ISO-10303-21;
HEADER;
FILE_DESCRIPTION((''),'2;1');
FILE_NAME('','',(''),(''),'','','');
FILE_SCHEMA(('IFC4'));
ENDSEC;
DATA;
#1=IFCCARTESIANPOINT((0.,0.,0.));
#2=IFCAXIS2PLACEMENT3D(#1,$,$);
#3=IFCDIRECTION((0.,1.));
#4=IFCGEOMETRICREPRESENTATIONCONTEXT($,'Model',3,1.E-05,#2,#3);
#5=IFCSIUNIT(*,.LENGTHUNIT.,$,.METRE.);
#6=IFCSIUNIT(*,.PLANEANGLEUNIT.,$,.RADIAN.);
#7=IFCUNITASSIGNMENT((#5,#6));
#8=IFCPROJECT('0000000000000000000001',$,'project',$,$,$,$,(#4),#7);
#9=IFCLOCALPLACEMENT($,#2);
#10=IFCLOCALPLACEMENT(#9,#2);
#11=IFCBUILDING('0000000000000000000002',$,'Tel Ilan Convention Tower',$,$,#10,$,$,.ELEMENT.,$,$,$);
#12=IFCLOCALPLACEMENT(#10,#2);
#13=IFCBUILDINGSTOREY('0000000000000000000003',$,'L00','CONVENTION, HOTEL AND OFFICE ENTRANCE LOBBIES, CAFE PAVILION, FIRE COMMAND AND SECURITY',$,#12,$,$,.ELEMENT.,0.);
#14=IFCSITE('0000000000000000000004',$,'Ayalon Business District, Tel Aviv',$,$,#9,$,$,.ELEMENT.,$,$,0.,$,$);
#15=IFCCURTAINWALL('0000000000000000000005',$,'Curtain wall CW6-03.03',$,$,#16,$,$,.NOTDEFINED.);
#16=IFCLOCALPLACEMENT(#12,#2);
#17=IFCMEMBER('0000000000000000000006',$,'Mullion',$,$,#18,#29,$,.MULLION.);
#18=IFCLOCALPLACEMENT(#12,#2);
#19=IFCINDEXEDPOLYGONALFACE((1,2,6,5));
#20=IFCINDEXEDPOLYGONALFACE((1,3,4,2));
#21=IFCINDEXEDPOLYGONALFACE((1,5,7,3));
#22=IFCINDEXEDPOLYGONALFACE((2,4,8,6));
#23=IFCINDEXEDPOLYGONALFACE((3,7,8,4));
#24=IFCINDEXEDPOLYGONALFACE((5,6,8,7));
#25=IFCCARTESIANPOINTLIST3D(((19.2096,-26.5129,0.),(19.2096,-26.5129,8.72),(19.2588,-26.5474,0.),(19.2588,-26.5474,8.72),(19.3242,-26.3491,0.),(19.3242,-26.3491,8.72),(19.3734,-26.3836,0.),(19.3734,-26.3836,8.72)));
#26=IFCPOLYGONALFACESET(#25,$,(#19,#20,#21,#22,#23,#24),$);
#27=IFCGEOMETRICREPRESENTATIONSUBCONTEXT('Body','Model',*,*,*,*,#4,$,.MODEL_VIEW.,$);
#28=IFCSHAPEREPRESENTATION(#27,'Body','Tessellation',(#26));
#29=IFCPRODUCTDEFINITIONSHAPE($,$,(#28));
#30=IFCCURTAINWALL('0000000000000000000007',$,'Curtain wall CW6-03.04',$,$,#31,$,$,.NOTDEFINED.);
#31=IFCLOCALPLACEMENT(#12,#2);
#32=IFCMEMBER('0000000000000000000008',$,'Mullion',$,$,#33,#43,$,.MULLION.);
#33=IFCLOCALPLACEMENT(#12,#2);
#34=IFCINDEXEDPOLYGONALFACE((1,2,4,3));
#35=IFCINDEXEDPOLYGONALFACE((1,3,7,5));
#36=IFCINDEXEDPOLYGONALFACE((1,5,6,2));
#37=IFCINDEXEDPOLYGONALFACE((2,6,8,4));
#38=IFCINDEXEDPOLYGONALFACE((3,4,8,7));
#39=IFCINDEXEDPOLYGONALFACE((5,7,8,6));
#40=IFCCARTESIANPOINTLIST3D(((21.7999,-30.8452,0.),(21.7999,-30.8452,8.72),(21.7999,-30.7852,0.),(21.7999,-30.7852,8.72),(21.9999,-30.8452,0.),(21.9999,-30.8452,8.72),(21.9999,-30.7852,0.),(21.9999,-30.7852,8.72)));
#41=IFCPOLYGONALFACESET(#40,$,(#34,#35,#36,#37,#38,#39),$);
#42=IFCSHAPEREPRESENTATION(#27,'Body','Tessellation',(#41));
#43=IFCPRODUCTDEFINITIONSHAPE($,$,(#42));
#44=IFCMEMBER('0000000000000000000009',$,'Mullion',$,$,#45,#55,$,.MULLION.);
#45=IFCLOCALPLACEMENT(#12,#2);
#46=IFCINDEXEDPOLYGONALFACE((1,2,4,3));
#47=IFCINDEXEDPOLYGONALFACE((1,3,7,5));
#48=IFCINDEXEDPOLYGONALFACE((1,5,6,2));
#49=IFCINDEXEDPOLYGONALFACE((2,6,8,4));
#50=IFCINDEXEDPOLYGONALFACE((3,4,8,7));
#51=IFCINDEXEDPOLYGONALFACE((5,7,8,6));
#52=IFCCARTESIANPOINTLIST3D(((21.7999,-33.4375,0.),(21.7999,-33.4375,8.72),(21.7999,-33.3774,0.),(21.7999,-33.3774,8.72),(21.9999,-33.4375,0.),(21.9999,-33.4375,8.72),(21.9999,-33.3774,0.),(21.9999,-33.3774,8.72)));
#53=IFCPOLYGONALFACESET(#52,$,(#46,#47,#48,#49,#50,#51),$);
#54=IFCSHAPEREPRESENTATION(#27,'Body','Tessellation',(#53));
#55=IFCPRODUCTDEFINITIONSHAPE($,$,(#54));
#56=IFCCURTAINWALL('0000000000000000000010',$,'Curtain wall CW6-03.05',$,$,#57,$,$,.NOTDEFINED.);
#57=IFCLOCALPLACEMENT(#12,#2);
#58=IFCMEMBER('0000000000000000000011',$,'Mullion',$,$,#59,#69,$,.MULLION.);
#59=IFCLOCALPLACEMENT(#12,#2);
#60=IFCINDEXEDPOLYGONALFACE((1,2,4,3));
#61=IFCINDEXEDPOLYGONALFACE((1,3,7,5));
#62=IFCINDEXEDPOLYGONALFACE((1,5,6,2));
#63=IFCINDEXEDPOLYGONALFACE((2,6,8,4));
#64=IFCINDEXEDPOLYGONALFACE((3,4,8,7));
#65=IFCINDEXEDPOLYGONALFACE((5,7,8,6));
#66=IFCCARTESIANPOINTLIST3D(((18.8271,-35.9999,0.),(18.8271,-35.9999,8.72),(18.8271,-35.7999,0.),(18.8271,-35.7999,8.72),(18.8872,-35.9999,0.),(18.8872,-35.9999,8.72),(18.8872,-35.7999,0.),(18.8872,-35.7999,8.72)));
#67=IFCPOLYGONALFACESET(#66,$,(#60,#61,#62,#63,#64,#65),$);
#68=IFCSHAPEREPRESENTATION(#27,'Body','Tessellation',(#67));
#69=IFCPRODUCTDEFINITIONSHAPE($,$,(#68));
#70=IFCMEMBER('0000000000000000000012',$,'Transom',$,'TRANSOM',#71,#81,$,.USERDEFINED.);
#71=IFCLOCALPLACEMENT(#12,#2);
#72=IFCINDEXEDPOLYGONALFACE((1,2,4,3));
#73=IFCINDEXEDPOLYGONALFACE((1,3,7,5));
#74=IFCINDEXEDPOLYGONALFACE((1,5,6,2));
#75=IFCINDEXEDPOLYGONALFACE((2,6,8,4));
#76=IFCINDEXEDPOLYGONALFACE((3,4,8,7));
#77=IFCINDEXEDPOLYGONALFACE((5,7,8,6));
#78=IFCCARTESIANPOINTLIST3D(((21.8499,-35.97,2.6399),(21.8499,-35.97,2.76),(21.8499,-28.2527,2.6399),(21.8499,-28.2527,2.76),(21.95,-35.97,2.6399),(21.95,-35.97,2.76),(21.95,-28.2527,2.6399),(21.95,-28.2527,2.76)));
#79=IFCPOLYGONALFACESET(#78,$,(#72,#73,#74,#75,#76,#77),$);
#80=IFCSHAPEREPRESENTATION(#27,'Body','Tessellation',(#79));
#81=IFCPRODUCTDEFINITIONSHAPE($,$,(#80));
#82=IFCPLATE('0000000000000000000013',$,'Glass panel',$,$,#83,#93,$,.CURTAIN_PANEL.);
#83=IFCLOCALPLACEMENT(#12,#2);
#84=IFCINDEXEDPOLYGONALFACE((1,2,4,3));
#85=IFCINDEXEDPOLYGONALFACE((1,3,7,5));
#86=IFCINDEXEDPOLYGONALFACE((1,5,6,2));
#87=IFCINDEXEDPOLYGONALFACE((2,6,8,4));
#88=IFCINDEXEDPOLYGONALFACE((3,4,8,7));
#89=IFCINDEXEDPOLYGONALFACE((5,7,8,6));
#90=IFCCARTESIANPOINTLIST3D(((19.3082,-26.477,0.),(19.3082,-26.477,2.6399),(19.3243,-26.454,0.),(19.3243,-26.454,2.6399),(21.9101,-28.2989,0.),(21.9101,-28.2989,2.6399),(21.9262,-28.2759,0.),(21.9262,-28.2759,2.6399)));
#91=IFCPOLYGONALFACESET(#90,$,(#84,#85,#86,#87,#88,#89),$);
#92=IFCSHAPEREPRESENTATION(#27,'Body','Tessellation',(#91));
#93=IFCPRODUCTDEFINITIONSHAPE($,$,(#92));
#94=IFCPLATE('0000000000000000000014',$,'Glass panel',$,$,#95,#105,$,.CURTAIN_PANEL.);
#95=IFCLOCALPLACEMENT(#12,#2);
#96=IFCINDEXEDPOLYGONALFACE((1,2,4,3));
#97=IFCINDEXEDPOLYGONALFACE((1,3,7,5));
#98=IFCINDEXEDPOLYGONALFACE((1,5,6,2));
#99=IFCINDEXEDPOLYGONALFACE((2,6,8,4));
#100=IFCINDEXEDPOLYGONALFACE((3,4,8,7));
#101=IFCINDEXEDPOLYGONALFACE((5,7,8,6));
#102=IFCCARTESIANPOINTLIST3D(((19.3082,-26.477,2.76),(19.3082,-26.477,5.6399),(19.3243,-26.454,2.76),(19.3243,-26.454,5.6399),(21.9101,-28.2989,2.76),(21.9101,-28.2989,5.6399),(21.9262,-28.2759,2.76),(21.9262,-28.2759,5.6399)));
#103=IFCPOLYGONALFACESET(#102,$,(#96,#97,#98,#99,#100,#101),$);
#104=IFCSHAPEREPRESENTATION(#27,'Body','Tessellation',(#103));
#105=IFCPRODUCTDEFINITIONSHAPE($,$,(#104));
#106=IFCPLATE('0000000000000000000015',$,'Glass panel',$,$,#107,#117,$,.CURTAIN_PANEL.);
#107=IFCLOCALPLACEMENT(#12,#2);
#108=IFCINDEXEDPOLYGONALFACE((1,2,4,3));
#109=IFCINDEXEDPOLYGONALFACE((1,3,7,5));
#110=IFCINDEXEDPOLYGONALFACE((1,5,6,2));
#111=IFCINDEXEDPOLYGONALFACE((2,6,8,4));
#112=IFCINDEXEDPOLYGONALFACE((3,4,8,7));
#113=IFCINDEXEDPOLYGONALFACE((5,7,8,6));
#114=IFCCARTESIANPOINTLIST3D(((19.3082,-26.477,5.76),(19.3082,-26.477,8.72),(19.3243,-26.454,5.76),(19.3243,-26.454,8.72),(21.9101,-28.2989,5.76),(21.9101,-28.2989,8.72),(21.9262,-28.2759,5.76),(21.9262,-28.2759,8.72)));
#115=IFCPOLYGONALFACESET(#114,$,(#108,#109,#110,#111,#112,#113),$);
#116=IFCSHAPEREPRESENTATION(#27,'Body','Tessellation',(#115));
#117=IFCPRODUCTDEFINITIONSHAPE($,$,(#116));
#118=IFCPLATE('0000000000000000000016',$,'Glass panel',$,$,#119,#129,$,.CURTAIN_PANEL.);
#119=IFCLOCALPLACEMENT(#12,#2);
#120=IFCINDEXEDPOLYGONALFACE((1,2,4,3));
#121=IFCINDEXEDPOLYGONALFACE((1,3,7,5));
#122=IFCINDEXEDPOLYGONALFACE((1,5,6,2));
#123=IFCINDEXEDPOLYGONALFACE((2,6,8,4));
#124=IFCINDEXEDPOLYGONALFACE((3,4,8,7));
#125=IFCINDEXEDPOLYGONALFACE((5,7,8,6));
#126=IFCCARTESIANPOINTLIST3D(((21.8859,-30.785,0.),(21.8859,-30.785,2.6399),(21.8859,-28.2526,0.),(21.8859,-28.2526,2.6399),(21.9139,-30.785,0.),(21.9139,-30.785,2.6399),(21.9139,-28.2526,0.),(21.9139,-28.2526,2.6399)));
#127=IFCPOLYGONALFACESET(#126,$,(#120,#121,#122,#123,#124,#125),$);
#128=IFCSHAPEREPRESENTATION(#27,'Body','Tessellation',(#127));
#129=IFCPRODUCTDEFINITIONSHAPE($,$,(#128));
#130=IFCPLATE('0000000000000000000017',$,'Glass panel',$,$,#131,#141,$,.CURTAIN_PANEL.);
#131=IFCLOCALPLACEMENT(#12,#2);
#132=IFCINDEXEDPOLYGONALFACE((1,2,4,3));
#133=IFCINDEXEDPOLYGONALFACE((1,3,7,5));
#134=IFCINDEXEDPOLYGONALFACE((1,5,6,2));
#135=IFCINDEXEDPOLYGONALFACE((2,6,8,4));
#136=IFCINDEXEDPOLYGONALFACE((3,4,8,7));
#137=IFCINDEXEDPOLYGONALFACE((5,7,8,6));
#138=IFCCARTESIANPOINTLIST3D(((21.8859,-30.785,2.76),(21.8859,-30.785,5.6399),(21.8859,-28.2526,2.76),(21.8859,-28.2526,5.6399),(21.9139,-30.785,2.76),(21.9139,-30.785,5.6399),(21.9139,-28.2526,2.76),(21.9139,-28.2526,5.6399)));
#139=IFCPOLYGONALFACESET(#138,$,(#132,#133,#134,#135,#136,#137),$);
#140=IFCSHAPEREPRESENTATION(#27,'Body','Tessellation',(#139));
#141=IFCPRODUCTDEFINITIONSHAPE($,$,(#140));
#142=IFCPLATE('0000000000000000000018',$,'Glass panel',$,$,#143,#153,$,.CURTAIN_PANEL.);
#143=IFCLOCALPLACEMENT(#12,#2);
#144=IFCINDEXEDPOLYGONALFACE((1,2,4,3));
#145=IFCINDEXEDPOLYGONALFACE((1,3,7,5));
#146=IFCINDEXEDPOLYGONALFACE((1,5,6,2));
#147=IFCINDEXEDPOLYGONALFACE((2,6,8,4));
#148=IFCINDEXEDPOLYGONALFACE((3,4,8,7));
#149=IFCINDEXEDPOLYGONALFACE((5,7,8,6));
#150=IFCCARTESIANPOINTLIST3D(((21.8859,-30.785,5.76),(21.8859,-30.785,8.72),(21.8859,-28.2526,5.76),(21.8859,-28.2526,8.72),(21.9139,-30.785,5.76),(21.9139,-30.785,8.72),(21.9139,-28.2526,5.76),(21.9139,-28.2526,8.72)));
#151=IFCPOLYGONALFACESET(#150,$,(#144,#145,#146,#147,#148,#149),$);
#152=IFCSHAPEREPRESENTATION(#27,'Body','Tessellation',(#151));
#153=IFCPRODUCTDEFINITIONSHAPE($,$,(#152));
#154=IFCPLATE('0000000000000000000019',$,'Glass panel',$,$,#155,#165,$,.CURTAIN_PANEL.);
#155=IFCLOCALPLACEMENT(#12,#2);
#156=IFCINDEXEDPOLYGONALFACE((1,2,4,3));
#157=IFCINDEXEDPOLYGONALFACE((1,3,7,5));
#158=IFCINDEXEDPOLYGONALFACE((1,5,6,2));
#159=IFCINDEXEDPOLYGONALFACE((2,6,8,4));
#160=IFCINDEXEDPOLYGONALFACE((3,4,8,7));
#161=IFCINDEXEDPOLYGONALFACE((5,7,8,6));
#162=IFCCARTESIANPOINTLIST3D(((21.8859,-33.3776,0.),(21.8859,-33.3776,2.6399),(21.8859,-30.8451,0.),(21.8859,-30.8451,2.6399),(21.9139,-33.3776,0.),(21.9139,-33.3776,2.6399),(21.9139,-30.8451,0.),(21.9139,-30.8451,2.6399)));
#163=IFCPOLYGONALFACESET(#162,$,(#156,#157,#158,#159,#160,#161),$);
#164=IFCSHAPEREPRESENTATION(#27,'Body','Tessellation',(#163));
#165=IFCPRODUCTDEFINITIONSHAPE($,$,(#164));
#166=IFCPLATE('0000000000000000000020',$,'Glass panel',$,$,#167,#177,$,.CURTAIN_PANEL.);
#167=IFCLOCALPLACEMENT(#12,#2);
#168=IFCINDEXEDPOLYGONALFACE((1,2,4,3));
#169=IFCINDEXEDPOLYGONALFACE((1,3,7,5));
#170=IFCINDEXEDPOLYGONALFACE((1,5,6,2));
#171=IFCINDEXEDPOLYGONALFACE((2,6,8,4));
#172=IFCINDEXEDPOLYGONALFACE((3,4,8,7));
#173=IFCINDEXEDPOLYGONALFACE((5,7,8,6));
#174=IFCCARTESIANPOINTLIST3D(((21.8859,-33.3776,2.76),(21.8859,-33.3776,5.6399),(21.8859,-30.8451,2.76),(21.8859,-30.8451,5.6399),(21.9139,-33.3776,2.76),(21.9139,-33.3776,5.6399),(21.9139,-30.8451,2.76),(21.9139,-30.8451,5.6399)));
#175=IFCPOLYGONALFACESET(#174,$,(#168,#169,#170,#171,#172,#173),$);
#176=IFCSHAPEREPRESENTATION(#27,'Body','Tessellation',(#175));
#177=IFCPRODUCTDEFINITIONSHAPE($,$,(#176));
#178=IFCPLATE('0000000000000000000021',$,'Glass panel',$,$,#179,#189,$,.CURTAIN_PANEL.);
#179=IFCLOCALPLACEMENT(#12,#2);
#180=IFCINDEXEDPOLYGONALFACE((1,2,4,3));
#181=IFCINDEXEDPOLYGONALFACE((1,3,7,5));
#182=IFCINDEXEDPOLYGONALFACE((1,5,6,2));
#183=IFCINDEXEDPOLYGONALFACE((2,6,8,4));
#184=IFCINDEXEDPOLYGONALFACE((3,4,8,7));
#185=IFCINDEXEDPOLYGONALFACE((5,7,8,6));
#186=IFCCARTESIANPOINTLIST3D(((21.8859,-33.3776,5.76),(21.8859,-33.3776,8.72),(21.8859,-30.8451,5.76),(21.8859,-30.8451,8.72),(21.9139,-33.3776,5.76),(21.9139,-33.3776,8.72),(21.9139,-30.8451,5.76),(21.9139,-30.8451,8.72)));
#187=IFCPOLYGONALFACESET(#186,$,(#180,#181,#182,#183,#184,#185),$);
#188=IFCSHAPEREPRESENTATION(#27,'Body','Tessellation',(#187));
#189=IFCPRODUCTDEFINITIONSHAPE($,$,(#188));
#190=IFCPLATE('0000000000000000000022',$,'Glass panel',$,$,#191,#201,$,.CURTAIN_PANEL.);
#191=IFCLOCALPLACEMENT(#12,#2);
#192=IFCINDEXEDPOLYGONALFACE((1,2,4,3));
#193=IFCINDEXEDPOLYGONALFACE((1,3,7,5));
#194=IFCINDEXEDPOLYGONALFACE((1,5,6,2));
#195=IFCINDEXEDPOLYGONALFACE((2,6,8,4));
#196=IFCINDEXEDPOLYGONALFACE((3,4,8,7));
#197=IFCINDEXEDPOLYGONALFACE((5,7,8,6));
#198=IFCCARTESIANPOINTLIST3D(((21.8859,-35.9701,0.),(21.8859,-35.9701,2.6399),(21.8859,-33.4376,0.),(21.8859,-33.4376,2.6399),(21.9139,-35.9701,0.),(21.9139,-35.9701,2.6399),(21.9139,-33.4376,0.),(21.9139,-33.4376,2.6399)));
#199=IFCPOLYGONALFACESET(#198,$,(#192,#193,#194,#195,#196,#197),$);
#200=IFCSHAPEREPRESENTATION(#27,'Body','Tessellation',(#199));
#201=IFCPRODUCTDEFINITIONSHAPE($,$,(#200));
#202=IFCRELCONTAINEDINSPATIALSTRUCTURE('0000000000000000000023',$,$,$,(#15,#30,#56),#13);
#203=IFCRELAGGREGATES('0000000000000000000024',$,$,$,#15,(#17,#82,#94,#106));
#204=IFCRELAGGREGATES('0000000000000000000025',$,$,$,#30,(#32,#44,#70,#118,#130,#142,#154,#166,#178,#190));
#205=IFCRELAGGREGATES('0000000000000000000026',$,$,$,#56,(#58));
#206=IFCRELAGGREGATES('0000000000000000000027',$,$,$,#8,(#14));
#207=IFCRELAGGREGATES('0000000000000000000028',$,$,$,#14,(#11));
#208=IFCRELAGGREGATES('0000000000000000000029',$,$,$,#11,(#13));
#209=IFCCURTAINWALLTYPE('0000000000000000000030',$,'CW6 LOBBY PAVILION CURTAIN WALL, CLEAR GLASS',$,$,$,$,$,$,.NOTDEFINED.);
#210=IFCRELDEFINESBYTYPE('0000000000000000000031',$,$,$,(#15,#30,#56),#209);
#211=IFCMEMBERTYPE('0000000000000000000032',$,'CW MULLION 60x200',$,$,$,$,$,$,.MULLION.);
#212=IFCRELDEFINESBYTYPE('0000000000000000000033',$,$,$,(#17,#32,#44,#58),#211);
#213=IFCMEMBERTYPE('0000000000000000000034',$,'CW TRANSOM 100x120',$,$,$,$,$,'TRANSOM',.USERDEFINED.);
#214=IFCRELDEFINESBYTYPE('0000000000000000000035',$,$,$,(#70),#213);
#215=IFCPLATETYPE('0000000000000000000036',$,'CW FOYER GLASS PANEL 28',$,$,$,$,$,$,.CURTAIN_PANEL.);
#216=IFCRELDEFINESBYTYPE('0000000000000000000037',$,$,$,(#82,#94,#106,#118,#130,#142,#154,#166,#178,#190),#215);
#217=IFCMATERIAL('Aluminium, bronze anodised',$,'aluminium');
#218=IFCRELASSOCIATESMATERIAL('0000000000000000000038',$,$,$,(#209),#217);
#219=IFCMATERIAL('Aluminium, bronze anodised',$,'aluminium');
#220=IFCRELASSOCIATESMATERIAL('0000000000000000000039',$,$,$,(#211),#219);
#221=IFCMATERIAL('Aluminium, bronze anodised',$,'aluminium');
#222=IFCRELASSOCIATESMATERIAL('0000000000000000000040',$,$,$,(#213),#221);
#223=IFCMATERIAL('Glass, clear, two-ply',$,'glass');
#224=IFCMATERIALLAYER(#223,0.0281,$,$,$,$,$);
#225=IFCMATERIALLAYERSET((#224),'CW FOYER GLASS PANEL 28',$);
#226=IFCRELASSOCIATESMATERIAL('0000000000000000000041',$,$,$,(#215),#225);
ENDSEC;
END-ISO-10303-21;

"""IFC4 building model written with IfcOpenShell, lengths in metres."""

from ifc_helpers import new_model, si_unit, direction, frame, origin, origin_2d, place, context, subcontext, project, spatial, rectangle, extrude, material, layer, layer_set, material_profile, profile_set, type_object, element, aggregate, save


model = new_model("IFC4")

# Units and contexts
model_context = context("Model", 3, precision=1e-05, world=origin(), true_north=direction((0.0, 1.0)))
body_context = subcontext(model_context, "Body", "Model", "MODEL_VIEW")
ifc_project = project(units=[si_unit("LENGTHUNIT", "METRE"), si_unit("PLANEANGLEUNIT", "RADIAN")], contexts=[model_context])

# Site, building, storey
site_placement = place(None, origin())
site = spatial("IfcSite", under=ifc_project, at=site_placement, Name="Ayalon Business District, Tel Aviv", CompositionType="ELEMENT", RefElevation=0.0)
building_placement = place(site_placement, origin())
building = spatial("IfcBuilding", under=site, at=building_placement, Name="Tel Ilan Convention Tower", CompositionType="ELEMENT")
storey_placement = place(building_placement, origin())
storey = spatial("IfcBuildingStorey", under=building, at=storey_placement, Name="L00", Description="CONVENTION, HOTEL AND OFFICE ENTRANCE LOBBIES, CAFE PAVILION, FIRE COMMAND AND SECURITY", CompositionType="ELEMENT", Elevation=0.0)

# Curtain wall, member
ifc_material_1 = material(Name="Aluminium, bronze anodised", Category="aluminium")
curtain_wall_type = type_object("IfcCurtainWallType", Name="CW6 LOBBY PAVILION CURTAIN WALL, CLEAR GLASS", PredefinedType="NOTDEFINED", material=ifc_material_1)
curtain_wall_1_placement = place(storey_placement, origin())
curtain_wall_1 = element("IfcCurtainWall", 1, at=curtain_wall_1_placement, inside=storey, type_object=curtain_wall_type, Name="Curtain wall CW6-03.03", PredefinedType="NOTDEFINED")
ifc_material_2 = material(Name="Aluminium, bronze anodised", Category="aluminium")
ifc_material_profile_1 = material_profile(ifc_material_2, rectangle(XDim=0.0601, YDim=0.2, at=origin_2d()), Name="CW MULLION 60x200")
ifc_profile_set_1 = profile_set([ifc_material_profile_1], Name="Aluminium, bronze anodised")
member_type_1 = type_object("IfcMemberType", Name="CW MULLION 60x200", PredefinedType="MULLION", material=ifc_profile_set_1)
member_1_placement = place(storey_placement, frame((19.2915, -26.4482, 0.0), z_axis=(0.0, 0.0, 1.0), x_axis=(0.819152, -0.573576, 0.0)))
member_1 = element("IfcMember", 2, at=member_1_placement, type_object=member_type_1, Name="Mullion", PredefinedType="MULLION", context=body_context, shape_type="SweptSolid", body=[
    extrude(rectangle(XDim=0.0601, YDim=0.2, at=origin_2d()), origin(), (0.0, 0.0, 1.0), 8.72),
])

# Curtain wall, members
curtain_wall_2_placement = place(storey_placement, origin())
curtain_wall_2 = element("IfcCurtainWall", 3, at=curtain_wall_2_placement, inside=storey, type_object=curtain_wall_type, Name="Curtain wall CW6-03.04", PredefinedType="NOTDEFINED")
member_2_placement = place(storey_placement, frame((21.8999, -30.8152, 0.0), z_axis=(0.0, 0.0, 1.0), x_axis=(0.0, -1.0, 0.0)))
member_2 = element("IfcMember", 4, at=member_2_placement, type_object=member_type_1, Name="Mullion", PredefinedType="MULLION", context=body_context, shape_type="SweptSolid", body=[
    extrude(rectangle(XDim=0.0601, YDim=0.2, at=origin_2d()), origin(), (0.0, 0.0, 1.0), 8.72),
])
member_3_placement = place(storey_placement, frame((21.8999, -33.4075, 0.0), z_axis=(0.0, 0.0, 1.0), x_axis=(0.0, -1.0, 0.0)))
member_3 = element("IfcMember", 5, at=member_3_placement, type_object=member_type_1, Name="Mullion", PredefinedType="MULLION", context=body_context, shape_type="SweptSolid", body=[
    extrude(rectangle(XDim=0.0601, YDim=0.2, at=origin_2d()), origin(), (0.0, 0.0, 1.0), 8.72),
])

# Curtain wall, member
curtain_wall_3_placement = place(storey_placement, origin())
curtain_wall_3 = element("IfcCurtainWall", 6, at=curtain_wall_3_placement, inside=storey, type_object=curtain_wall_type, Name="Curtain wall CW6-03.05", PredefinedType="NOTDEFINED")
member_4_placement = place(storey_placement, frame((18.8572, -35.8999, 0.0), z_axis=(0.0, 0.0, 1.0), x_axis=(-1.0, 0.0, 0.0)))
member_4 = element("IfcMember", 7, at=member_4_placement, type_object=member_type_1, Name="Mullion", PredefinedType="MULLION", context=body_context, shape_type="SweptSolid", body=[
    extrude(rectangle(XDim=0.0601, YDim=0.2, at=origin_2d()), origin(), (0.0, 0.0, 1.0), 8.72),
])

# Member
ifc_material_3 = material(Name="Aluminium, bronze anodised", Category="aluminium")
ifc_material_profile_2 = material_profile(ifc_material_3, rectangle(XDim=0.1001, YDim=0.1201, at=origin_2d()), Name="CW TRANSOM 100x120")
ifc_profile_set_2 = profile_set([ifc_material_profile_2], Name="Aluminium, bronze anodised")
member_type_2 = type_object("IfcMemberType", Name="CW TRANSOM 100x120", ElementType="TRANSOM", PredefinedType="USERDEFINED", material=ifc_profile_set_2)
member_5_placement = place(storey_placement, frame((21.8999, -28.2527, 2.7), z_axis=(0.0, -1.0, 0.0), x_axis=(1.0, 0.0, 0.0)))
member_5 = element("IfcMember", 8, at=member_5_placement, type_object=member_type_2, Name="Transom", ObjectType="TRANSOM", PredefinedType="USERDEFINED", context=body_context, shape_type="SweptSolid", body=[
    extrude(rectangle(XDim=0.1001, YDim=0.1201, at=origin_2d()), origin(), (0.0, 0.0, 1.0), 7.7173),
])

# Plates
ifc_material_4 = material(Name="Glass, clear, two-ply", Category="glass")
ifc_layer_1 = layer(ifc_material_4, 0.0281)
ifc_layer_set_1 = layer_set([ifc_layer_1], Name="CW FOYER GLASS PANEL 28")
plate_type = type_object("IfcPlateType", Name="CW FOYER GLASS PANEL 28", PredefinedType="CURTAIN_PANEL", material=ifc_layer_set_1)
plate_1_placement = place(storey_placement, frame((20.6172, -27.3765, 0.0), z_axis=(0.0, 0.0, 1.0), x_axis=(0.819152, -0.573576, 0.0)))
plate_1 = element("IfcPlate", 9, at=plate_1_placement, type_object=plate_type, Name="Glass panel", PredefinedType="CURTAIN_PANEL", context=body_context, shape_type="SweptSolid", body=[
    extrude(rectangle(XDim=3.1763, YDim=0.0281, at=origin_2d()), origin(), (0.0, 0.0, 1.0), 2.6399),
])
plate_2_placement = place(storey_placement, frame((20.6172, -27.3765, 2.76), z_axis=(0.0, 0.0, 1.0), x_axis=(0.819152, -0.573576, 0.0)))
plate_2 = element("IfcPlate", 10, at=plate_2_placement, type_object=plate_type, Name="Glass panel", PredefinedType="CURTAIN_PANEL", context=body_context, shape_type="SweptSolid", body=[
    extrude(rectangle(XDim=3.1763, YDim=0.0281, at=origin_2d()), origin(), (0.0, 0.0, 1.0), 2.8799),
])
plate_3_placement = place(storey_placement, frame((20.6172, -27.3765, 5.76), z_axis=(0.0, 0.0, 1.0), x_axis=(0.819152, -0.573576, 0.0)))
plate_3 = element("IfcPlate", 11, at=plate_3_placement, type_object=plate_type, Name="Glass panel", PredefinedType="CURTAIN_PANEL", context=body_context, shape_type="SweptSolid", body=[
    extrude(rectangle(XDim=3.1763, YDim=0.0281, at=origin_2d()), origin(), (0.0, 0.0, 1.0), 2.96),
])
aggregate(curtain_wall_1, [member_1, plate_1, plate_2, plate_3])
plate_4_placement = place(storey_placement, frame((21.8999, -29.5188, 0.0), z_axis=(0.0, 0.0, 1.0), x_axis=(0.0, -1.0, 0.0)))
plate_4 = element("IfcPlate", 12, at=plate_4_placement, type_object=plate_type, Name="Glass panel", PredefinedType="CURTAIN_PANEL", context=body_context, shape_type="SweptSolid", body=[
    extrude(rectangle(XDim=2.5325, YDim=0.0281, at=origin_2d()), origin(), (0.0, 0.0, 1.0), 2.6399),
])
plate_5_placement = place(storey_placement, frame((21.8999, -29.5188, 2.76), z_axis=(0.0, 0.0, 1.0), x_axis=(0.0, -1.0, 0.0)))
plate_5 = element("IfcPlate", 13, at=plate_5_placement, type_object=plate_type, Name="Glass panel", PredefinedType="CURTAIN_PANEL", context=body_context, shape_type="SweptSolid", body=[
    extrude(rectangle(XDim=2.5325, YDim=0.0281, at=origin_2d()), origin(), (0.0, 0.0, 1.0), 2.8799),
])
plate_6_placement = place(storey_placement, frame((21.8999, -29.5188, 5.76), z_axis=(0.0, 0.0, 1.0), x_axis=(0.0, -1.0, 0.0)))
plate_6 = element("IfcPlate", 14, at=plate_6_placement, type_object=plate_type, Name="Glass panel", PredefinedType="CURTAIN_PANEL", context=body_context, shape_type="SweptSolid", body=[
    extrude(rectangle(XDim=2.5325, YDim=0.0281, at=origin_2d()), origin(), (0.0, 0.0, 1.0), 2.96),
])
plate_7_placement = place(storey_placement, frame((21.8999, -32.1113, 0.0), z_axis=(0.0, 0.0, 1.0), x_axis=(0.0, -1.0, 0.0)))
plate_7 = element("IfcPlate", 15, at=plate_7_placement, type_object=plate_type, Name="Glass panel", PredefinedType="CURTAIN_PANEL", context=body_context, shape_type="SweptSolid", body=[
    extrude(rectangle(XDim=2.5325, YDim=0.0281, at=origin_2d()), origin(), (0.0, 0.0, 1.0), 2.6399),
])
plate_8_placement = place(storey_placement, frame((21.8999, -32.1113, 2.76), z_axis=(0.0, 0.0, 1.0), x_axis=(0.0, -1.0, 0.0)))
plate_8 = element("IfcPlate", 16, at=plate_8_placement, type_object=plate_type, Name="Glass panel", PredefinedType="CURTAIN_PANEL", context=body_context, shape_type="SweptSolid", body=[
    extrude(rectangle(XDim=2.5325, YDim=0.0281, at=origin_2d()), origin(), (0.0, 0.0, 1.0), 2.8799),
])
plate_9_placement = place(storey_placement, frame((21.8999, -32.1113, 5.76), z_axis=(0.0, 0.0, 1.0), x_axis=(0.0, -1.0, 0.0)))
plate_9 = element("IfcPlate", 17, at=plate_9_placement, type_object=plate_type, Name="Glass panel", PredefinedType="CURTAIN_PANEL", context=body_context, shape_type="SweptSolid", body=[
    extrude(rectangle(XDim=2.5325, YDim=0.0281, at=origin_2d()), origin(), (0.0, 0.0, 1.0), 2.96),
])
plate_10_placement = place(storey_placement, frame((21.8999, -34.7039, 0.0), z_axis=(0.0, 0.0, 1.0), x_axis=(0.0, -1.0, 0.0)))
plate_10 = element("IfcPlate", 18, at=plate_10_placement, type_object=plate_type, Name="Glass panel", PredefinedType="CURTAIN_PANEL", context=body_context, shape_type="SweptSolid", body=[
    extrude(rectangle(XDim=2.5325, YDim=0.0281, at=origin_2d()), origin(), (0.0, 0.0, 1.0), 2.6399),
])
aggregate(curtain_wall_2, [member_2, member_3, member_5, plate_4, plate_5, plate_6, plate_7, plate_8, plate_9, plate_10])
aggregate(curtain_wall_3, [member_4])

save(model, "model.ifc")
